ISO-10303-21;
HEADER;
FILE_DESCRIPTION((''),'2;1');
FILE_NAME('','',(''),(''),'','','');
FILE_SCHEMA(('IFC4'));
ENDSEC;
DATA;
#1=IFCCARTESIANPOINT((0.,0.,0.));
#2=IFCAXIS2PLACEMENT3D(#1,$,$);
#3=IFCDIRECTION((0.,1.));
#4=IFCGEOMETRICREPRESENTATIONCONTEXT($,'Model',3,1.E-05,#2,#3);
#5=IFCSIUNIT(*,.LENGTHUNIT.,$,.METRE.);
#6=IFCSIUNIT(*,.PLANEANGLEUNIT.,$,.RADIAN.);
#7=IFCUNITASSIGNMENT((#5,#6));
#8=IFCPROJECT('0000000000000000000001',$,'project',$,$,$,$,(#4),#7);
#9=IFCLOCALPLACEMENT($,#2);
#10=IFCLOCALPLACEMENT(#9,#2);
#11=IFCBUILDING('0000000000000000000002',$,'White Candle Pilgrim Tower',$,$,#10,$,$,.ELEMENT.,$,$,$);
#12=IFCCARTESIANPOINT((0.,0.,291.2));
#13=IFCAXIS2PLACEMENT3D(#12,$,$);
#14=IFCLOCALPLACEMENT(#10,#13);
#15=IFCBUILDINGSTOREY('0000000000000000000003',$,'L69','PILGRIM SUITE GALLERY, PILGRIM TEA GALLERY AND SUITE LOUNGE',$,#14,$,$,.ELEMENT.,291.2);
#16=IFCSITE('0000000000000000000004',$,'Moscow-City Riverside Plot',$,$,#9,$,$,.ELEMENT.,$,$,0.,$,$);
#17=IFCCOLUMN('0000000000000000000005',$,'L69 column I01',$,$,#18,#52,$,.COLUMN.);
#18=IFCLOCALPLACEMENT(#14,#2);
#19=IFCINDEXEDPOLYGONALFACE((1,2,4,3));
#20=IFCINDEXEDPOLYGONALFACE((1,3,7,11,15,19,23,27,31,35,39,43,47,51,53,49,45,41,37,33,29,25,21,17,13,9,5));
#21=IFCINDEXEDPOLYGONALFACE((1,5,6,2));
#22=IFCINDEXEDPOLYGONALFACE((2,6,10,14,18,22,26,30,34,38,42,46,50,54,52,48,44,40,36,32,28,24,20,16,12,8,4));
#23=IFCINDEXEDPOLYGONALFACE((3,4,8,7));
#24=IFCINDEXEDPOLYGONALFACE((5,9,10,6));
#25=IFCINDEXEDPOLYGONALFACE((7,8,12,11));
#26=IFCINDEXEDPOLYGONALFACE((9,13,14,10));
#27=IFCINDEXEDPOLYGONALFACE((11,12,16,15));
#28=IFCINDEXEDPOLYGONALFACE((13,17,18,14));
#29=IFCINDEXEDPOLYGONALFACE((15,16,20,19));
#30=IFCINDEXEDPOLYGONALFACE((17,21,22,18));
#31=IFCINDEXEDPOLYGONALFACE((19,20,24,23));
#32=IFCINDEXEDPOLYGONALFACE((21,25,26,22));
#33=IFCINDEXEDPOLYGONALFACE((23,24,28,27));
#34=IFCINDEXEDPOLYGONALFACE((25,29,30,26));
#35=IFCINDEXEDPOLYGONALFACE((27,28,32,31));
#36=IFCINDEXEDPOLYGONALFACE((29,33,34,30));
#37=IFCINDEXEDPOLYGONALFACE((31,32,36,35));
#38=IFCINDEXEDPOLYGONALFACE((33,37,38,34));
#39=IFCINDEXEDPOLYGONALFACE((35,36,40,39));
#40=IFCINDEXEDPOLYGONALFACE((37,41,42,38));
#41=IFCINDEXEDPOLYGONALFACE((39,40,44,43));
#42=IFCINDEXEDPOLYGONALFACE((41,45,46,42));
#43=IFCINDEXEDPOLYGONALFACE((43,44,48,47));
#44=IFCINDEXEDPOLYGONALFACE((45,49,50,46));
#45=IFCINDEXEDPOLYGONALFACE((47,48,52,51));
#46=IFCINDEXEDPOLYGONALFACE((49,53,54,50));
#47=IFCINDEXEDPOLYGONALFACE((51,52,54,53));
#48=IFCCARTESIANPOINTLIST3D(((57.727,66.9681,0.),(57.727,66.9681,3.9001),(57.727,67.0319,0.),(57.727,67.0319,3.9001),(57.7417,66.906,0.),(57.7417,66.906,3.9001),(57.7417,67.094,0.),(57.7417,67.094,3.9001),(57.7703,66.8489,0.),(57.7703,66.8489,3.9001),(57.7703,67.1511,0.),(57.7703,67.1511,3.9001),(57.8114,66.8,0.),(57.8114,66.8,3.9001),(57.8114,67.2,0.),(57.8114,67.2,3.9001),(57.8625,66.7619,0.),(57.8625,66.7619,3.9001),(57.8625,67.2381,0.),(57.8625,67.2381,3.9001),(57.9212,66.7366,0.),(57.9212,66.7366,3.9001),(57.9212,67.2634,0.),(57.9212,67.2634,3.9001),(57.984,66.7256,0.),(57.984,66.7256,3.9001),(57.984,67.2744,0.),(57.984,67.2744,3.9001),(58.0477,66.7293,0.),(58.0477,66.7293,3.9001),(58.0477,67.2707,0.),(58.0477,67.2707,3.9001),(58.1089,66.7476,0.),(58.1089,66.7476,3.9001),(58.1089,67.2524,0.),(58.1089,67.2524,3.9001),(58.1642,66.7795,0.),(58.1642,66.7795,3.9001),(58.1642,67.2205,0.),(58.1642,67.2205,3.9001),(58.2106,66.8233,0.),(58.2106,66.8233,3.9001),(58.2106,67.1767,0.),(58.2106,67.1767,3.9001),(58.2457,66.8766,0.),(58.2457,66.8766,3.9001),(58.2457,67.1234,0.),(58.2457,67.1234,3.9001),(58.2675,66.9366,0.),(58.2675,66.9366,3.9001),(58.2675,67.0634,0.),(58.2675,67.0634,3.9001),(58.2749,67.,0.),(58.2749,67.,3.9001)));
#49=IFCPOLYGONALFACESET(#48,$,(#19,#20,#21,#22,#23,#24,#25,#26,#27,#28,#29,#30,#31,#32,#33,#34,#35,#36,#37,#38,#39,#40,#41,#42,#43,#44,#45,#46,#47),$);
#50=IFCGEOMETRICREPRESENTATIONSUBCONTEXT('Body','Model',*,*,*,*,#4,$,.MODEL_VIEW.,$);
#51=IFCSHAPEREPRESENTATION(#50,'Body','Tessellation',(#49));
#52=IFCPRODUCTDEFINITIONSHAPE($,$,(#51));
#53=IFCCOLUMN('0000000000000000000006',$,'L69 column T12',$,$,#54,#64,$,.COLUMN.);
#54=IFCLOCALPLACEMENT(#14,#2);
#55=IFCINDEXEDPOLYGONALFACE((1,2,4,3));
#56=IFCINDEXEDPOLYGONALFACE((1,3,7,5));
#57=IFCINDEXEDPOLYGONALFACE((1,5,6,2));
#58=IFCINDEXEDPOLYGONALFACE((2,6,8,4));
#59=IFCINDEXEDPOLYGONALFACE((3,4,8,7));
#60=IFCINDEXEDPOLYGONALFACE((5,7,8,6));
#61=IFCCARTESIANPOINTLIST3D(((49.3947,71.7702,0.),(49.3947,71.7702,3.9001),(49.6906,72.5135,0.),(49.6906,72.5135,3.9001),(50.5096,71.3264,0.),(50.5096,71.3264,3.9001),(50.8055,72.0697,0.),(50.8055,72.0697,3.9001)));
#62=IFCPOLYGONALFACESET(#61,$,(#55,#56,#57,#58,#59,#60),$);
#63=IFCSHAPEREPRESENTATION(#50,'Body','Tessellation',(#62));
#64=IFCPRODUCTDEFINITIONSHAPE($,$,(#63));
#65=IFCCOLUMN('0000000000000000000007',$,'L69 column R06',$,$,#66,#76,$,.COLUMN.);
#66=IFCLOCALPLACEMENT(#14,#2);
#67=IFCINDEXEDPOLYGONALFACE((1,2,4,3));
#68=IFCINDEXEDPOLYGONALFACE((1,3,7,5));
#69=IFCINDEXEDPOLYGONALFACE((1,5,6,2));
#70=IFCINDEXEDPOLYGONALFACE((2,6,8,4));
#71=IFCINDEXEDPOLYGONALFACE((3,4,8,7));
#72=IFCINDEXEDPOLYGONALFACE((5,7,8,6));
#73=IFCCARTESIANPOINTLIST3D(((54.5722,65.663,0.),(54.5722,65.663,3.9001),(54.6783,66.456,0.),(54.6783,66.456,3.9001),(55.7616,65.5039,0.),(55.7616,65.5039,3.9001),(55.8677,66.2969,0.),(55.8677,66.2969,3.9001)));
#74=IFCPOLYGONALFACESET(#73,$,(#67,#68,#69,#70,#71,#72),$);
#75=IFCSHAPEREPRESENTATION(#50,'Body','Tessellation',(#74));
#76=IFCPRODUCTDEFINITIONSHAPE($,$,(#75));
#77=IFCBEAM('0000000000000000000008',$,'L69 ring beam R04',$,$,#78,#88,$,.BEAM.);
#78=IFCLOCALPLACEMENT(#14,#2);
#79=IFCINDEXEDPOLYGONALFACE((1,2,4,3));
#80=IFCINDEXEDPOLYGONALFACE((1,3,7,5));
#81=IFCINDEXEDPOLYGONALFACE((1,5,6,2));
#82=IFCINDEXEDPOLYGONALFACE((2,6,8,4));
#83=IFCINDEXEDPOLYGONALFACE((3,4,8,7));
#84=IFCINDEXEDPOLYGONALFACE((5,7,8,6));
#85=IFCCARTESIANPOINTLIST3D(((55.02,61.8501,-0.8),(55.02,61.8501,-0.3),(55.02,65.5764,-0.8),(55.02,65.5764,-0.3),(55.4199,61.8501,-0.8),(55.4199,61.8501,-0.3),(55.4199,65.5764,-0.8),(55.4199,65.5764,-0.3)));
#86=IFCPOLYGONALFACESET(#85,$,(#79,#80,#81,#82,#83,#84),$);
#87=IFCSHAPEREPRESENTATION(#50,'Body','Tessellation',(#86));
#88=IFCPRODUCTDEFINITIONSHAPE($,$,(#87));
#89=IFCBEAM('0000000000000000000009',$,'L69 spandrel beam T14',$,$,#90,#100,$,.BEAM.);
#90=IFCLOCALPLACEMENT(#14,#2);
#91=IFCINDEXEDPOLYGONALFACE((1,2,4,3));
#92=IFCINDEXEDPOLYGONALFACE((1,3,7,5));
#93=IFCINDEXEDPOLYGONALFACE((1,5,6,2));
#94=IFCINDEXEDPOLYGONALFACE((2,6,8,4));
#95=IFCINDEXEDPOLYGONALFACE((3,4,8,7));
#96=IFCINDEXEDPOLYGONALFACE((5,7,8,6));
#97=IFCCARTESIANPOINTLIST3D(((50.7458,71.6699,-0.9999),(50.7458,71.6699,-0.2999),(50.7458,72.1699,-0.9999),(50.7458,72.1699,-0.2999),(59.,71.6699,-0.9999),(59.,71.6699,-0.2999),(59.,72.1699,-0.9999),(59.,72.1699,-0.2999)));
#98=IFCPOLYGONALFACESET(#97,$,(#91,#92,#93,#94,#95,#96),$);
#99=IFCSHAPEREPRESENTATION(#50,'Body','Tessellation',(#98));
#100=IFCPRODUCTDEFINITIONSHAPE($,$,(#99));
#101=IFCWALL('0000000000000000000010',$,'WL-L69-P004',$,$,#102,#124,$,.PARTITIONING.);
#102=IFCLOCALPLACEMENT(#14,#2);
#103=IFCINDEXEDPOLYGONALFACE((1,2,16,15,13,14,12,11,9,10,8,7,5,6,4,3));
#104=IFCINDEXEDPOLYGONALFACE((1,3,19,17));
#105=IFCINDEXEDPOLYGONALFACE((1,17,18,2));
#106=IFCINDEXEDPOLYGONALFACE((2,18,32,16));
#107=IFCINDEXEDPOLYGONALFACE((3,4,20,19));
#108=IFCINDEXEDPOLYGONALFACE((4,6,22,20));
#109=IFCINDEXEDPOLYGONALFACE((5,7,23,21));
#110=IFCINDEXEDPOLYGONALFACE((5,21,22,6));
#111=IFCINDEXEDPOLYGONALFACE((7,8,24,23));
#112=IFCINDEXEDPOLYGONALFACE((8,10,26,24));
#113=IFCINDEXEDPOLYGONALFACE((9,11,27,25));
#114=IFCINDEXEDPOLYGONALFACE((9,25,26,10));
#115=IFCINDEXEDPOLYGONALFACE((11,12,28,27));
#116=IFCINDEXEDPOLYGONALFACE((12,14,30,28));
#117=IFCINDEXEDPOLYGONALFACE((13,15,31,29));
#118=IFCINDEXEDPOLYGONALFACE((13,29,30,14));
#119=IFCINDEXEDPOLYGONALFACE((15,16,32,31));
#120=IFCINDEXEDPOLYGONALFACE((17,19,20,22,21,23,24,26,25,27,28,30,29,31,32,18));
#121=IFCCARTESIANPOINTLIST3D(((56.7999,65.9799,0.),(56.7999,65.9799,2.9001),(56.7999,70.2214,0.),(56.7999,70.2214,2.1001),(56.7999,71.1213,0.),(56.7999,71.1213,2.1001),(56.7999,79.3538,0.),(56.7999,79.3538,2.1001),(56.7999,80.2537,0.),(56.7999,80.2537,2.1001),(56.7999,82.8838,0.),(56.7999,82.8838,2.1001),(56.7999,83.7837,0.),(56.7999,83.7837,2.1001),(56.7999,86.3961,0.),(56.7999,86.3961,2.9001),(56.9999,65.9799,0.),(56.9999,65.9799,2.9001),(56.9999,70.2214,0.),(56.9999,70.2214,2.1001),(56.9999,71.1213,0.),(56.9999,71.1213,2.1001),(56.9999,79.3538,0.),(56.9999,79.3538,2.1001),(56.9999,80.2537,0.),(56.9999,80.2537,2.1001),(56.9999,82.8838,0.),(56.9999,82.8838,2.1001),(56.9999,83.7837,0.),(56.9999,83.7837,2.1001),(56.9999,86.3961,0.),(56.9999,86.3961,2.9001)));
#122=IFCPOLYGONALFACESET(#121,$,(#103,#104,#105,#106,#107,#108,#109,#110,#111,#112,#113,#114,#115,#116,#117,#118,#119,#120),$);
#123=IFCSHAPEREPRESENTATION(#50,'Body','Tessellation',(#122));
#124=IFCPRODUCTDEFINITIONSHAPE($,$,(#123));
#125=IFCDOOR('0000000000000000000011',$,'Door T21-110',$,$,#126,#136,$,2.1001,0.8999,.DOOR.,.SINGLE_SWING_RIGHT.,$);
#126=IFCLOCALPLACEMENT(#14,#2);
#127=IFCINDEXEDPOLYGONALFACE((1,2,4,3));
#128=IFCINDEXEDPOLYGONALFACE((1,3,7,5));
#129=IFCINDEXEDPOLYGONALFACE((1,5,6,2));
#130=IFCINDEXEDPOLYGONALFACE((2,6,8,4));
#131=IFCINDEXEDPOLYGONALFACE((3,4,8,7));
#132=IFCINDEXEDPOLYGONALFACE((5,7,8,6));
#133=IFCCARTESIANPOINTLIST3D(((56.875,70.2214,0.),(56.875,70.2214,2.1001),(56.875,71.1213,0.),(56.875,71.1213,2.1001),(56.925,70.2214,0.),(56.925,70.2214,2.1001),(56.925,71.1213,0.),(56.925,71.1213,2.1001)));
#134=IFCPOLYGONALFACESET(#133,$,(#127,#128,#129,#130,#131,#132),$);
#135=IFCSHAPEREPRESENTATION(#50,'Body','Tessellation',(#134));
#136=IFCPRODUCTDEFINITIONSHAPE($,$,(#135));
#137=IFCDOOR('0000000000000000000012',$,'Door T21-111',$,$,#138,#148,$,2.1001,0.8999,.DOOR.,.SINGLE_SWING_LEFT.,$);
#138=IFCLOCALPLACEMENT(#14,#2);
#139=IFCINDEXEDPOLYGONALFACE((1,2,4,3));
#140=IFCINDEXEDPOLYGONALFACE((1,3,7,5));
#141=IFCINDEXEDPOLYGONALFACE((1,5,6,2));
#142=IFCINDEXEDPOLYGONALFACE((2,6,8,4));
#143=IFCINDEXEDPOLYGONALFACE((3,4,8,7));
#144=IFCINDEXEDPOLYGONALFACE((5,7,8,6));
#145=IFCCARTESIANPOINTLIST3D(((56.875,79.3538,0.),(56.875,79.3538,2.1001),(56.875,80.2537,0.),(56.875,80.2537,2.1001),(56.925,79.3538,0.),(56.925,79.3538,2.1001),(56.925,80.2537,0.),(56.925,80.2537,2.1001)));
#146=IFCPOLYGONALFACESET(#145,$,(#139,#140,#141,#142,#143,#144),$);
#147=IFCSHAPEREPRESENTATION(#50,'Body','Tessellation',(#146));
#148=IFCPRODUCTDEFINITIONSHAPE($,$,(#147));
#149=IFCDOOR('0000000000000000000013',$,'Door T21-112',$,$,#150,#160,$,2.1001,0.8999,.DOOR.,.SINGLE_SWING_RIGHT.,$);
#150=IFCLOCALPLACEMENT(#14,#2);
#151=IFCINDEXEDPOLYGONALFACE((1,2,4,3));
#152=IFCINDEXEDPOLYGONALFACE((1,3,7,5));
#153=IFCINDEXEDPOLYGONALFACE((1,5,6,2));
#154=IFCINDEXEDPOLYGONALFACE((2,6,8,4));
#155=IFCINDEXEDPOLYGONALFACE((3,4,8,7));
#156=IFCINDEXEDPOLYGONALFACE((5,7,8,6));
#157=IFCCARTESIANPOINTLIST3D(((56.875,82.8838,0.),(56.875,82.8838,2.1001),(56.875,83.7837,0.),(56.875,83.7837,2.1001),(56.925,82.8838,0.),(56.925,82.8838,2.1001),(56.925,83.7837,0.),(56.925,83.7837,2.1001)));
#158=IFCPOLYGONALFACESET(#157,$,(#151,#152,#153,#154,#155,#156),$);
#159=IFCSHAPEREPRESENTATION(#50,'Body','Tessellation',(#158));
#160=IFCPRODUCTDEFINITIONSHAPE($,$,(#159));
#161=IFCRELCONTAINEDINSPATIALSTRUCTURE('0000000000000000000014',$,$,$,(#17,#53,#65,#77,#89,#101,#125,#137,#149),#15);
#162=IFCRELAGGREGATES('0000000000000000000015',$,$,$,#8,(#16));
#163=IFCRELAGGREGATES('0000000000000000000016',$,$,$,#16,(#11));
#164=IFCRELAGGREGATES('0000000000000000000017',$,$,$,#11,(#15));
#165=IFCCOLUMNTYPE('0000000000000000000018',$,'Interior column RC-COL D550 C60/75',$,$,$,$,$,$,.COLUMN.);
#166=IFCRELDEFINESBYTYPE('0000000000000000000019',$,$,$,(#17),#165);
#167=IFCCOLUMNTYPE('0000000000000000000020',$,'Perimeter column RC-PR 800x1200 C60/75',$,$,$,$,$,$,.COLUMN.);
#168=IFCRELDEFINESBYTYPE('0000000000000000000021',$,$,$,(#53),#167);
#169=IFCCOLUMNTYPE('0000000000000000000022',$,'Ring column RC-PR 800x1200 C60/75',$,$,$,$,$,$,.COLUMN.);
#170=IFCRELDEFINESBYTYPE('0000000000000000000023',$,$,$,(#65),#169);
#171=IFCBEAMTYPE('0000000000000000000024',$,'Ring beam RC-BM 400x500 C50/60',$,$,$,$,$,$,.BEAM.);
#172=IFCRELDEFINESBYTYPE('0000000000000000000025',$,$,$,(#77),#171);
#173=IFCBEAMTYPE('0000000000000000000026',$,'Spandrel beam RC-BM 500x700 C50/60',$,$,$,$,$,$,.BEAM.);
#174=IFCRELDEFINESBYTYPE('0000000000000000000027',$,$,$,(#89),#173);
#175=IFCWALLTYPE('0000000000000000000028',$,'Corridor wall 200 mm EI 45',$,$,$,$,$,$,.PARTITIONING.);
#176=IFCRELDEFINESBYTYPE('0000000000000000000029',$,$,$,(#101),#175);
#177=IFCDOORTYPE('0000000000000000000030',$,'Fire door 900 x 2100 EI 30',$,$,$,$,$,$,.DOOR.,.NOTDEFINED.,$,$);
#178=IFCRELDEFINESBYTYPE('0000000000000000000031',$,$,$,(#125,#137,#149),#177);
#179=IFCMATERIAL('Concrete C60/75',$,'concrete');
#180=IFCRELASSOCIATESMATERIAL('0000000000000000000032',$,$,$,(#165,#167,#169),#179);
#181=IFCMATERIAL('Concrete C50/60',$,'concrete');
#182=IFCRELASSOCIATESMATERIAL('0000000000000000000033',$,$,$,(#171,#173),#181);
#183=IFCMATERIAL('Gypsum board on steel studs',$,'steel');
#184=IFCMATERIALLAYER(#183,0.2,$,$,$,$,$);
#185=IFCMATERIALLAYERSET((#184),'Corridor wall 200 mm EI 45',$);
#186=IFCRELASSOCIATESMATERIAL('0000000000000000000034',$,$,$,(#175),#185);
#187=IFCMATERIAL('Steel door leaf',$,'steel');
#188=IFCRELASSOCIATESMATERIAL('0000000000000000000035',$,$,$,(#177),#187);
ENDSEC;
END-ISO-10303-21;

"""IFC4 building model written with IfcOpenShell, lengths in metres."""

from ifc_helpers import new_model, si_unit, direction, frame, frame_2d, origin, origin_2d, place, context, subcontext, project, spatial, rectangle, circle, extrude, material, layer, layer_set, material_profile, profile_set, type_object, element, fill, save


model = new_model("IFC4")

# Units and contexts
model_context = context("Model", 3, precision=1e-05, world=origin(), true_north=direction((0.0, 1.0)))
body_context = subcontext(model_context, "Body", "Model", "MODEL_VIEW")
ifc_project = project(units=[si_unit("LENGTHUNIT", "METRE"), si_unit("PLANEANGLEUNIT", "RADIAN")], contexts=[model_context])

# Site, building, storey
site_placement = place(None, origin())
site = spatial("IfcSite", under=ifc_project, at=site_placement, Name="Moscow-City Riverside Plot", CompositionType="ELEMENT", RefElevation=0.0)
building_placement = place(site_placement, origin())
building = spatial("IfcBuilding", under=site, at=building_placement, Name="White Candle Pilgrim Tower", CompositionType="ELEMENT")
storey_placement = place(building_placement, frame((0.0, 0.0, 291.2)))
storey = spatial("IfcBuildingStorey", under=building, at=storey_placement, Name="L69", Description="PILGRIM SUITE GALLERY, PILGRIM TEA GALLERY AND SUITE LOUNGE", CompositionType="ELEMENT", Elevation=291.2)

# Columns
ifc_material_1 = material(Name="Concrete C60/75", Category="concrete")
ifc_material_profile_1 = material_profile(ifc_material_1, circle(Radius=0.2749, at=origin_2d()), Name="RC-COL D550")
ifc_profile_set_1 = profile_set([ifc_material_profile_1], Name="Concrete C60/75")
column_type_1 = type_object("IfcColumnType", Name="Interior column RC-COL D550 C60/75", PredefinedType="COLUMN", material=ifc_profile_set_1)
column_1_placement = place(storey_placement, frame((58.0, 67.0, 0.0), z_axis=(0.0, 0.0, 1.0), x_axis=(1.0, 0.0, 0.0)))
element("IfcColumn", 1, at=column_1_placement, inside=storey, type_object=column_type_1, Name="L69 column I01", PredefinedType="COLUMN", context=body_context, shape_type="SweptSolid", body=[
    extrude(circle(Radius=0.2749, at=origin_2d()), origin(), (0.0, 0.0, 1.0), 3.9001),
])
ifc_material_profile_2 = material_profile(ifc_material_1, rectangle(XDim=0.8, YDim=1.2, at=origin_2d()), Name="RC-PR 800x1200")
ifc_profile_set_2 = profile_set([ifc_material_profile_2], Name="Concrete C60/75")
column_type_2 = type_object("IfcColumnType", Name="Perimeter column RC-PR 800x1200 C60/75", PredefinedType="COLUMN", material=ifc_profile_set_2)
column_2_placement = place(storey_placement, frame((50.1001, 71.9199, 0.0), z_axis=(0.0, 0.0, 1.0), x_axis=(0.36986, 0.929087, 0.0)))
element("IfcColumn", 2, at=column_2_placement, inside=storey, type_object=column_type_2, Name="L69 column T12", PredefinedType="COLUMN", context=body_context, shape_type="SweptSolid", body=[
    extrude(rectangle(XDim=0.8, YDim=1.2, at=origin_2d()), origin(), (0.0, 0.0, 1.0), 3.9001),
])
ifc_material_profile_3 = material_profile(ifc_material_1, rectangle(XDim=0.8, YDim=1.2, at=origin_2d()), Name="RC-PR 800x1200")
ifc_profile_set_3 = profile_set([ifc_material_profile_3], Name="Concrete C60/75")
column_type_3 = type_object("IfcColumnType", Name="Ring column RC-PR 800x1200 C60/75", PredefinedType="COLUMN", material=ifc_profile_set_3)
column_3_placement = place(storey_placement, frame((55.22, 65.98, 0.0), z_axis=(0.0, 0.0, 1.0), x_axis=(0.132602, 0.991169, 0.0)))
element("IfcColumn", 3, at=column_3_placement, inside=storey, type_object=column_type_3, Name="L69 column R06", PredefinedType="COLUMN", context=body_context, shape_type="SweptSolid", body=[
    extrude(rectangle(XDim=0.8, YDim=1.2, at=origin_2d()), origin(), (0.0, 0.0, 1.0), 3.9001),
])

# Beams
ifc_material_2 = material(Name="Concrete C50/60", Category="concrete")
ifc_material_profile_4 = material_profile(ifc_material_2, rectangle(XDim=0.3999, YDim=0.5, at=origin_2d()), Name="RC-BM 400x500")
ifc_profile_set_4 = profile_set([ifc_material_profile_4], Name="Concrete C50/60")
beam_type_1 = type_object("IfcBeamType", Name="Ring beam RC-BM 400x500 C50/60", PredefinedType="BEAM", material=ifc_profile_set_4)
beam_1_placement = place(storey_placement, frame((55.22, 65.5764, -0.55), z_axis=(0.0, -1.0, 0.0), x_axis=(1.0, 0.0, 0.0)))
element("IfcBeam", 4, at=beam_1_placement, inside=storey, type_object=beam_type_1, Name="L69 ring beam R04", PredefinedType="BEAM", context=body_context, shape_type="SweptSolid", body=[
    extrude(rectangle(XDim=0.3999, YDim=0.5, at=origin_2d()), origin(), (0.0, 0.0, 1.0), 3.7263),
])
ifc_material_profile_5 = material_profile(ifc_material_2, rectangle(XDim=0.5, YDim=0.7, at=origin_2d()), Name="RC-BM 500x700")
ifc_profile_set_5 = profile_set([ifc_material_profile_5], Name="Concrete C50/60")
beam_type_2 = type_object("IfcBeamType", Name="Spandrel beam RC-BM 500x700 C50/60", PredefinedType="BEAM", material=ifc_profile_set_5)
beam_2_placement = place(storey_placement, frame((50.7458, 71.9199, -0.6499), z_axis=(1.0, 0.0, 0.0), x_axis=(0.0, 1.0, 0.0)))
element("IfcBeam", 5, at=beam_2_placement, inside=storey, type_object=beam_type_2, Name="L69 spandrel beam T14", PredefinedType="BEAM", context=body_context, shape_type="SweptSolid", body=[
    extrude(rectangle(XDim=0.5, YDim=0.7, at=origin_2d()), origin(), (0.0, 0.0, 1.0), 8.2542),
])

# Wall, openings, doors
ifc_material_3 = material(Name="Gypsum board on steel studs", Category="steel")
ifc_layer_1 = layer(ifc_material_3, 0.2)
ifc_layer_set_1 = layer_set([ifc_layer_1], Name="Corridor wall 200 mm EI 45")
wall_type_1 = type_object("IfcWallType", Name="Corridor wall 200 mm EI 45", PredefinedType="PARTITIONING", material=ifc_layer_set_1)
wall_1_placement = place(storey_placement, frame((56.8999, 65.98, 0.0), z_axis=(0.0, 0.0, 1.0), x_axis=(0.0, 1.0, 0.0)))
wall_1 = element("IfcWall", 6, at=wall_1_placement, inside=storey, type_object=wall_type_1, Name="WL-L69-P004", PredefinedType="PARTITIONING", context=body_context, shape_type="SweptSolid", body=[
    extrude(rectangle(XDim=20.4163, YDim=0.2, at=frame_2d((10.208, 0.0))), origin(), (0.0, 0.0, 1.0), 2.9001),
])
opening_1_placement = place(wall_1_placement, frame((4.2415, 0.0, 0.0)))
opening_1 = element("IfcOpeningElement", 7, at=opening_1_placement, cuts=wall_1, PredefinedType="OPENING", context=body_context, shape_type="SweptSolid", body=[
    extrude(rectangle(XDim=0.8999, YDim=2.1001, at=frame_2d((0.45, 1.05))), frame((0.0, 0.1099, 0.0), z_axis=(0.0, -1.0, 0.0), x_axis=(1.0, 0.0, 0.0)), (0.0, 0.0, 1.0), 0.22),
])
opening_2_placement = place(wall_1_placement, frame((13.3738, 0.0, 0.0)))
opening_2 = element("IfcOpeningElement", 8, at=opening_2_placement, cuts=wall_1, PredefinedType="OPENING", context=body_context, shape_type="SweptSolid", body=[
    extrude(rectangle(XDim=0.8999, YDim=2.1001, at=frame_2d((0.45, 1.05))), frame((0.0, 0.1099, 0.0), z_axis=(0.0, -1.0, 0.0), x_axis=(1.0, 0.0, 0.0)), (0.0, 0.0, 1.0), 0.22),
])
opening_3_placement = place(wall_1_placement, frame((16.9038, 0.0, 0.0)))
opening_3 = element("IfcOpeningElement", 9, at=opening_3_placement, cuts=wall_1, PredefinedType="OPENING", context=body_context, shape_type="SweptSolid", body=[
    extrude(rectangle(XDim=0.8999, YDim=2.1001, at=frame_2d((0.45, 1.05))), frame((0.0, 0.1099, 0.0), z_axis=(0.0, -1.0, 0.0), x_axis=(1.0, 0.0, 0.0)), (0.0, 0.0, 1.0), 0.22),
])
ifc_material_4 = material(Name="Steel door leaf", Category="steel")
door_type_1 = type_object("IfcDoorType", Name="Fire door 900 x 2100 EI 30", OperationType="NOTDEFINED", PredefinedType="DOOR", material=ifc_material_4)
door_1_placement = place(opening_1_placement, origin())
door_1 = element("IfcDoor", 10, at=door_1_placement, inside=storey, type_object=door_type_1, Name="Door T21-110", OperationType="SINGLE_SWING_RIGHT", OverallHeight=2.1001, OverallWidth=0.8999, PredefinedType="DOOR", context=body_context, shape_type="SweptSolid", body=[
    extrude(rectangle(XDim=0.8999, YDim=2.1001, at=frame_2d((0.45, 1.05))), frame((0.0, 0.0249, 0.0), z_axis=(0.0, -1.0, 0.0), x_axis=(1.0, 0.0, 0.0)), (0.0, 0.0, 1.0), 0.05),
])
fill(opening_1, door_1)
door_2_placement = place(opening_2_placement, origin())
door_2 = element("IfcDoor", 11, at=door_2_placement, inside=storey, type_object=door_type_1, Name="Door T21-111", OperationType="SINGLE_SWING_LEFT", OverallHeight=2.1001, OverallWidth=0.8999, PredefinedType="DOOR", context=body_context, shape_type="SweptSolid", body=[
    extrude(rectangle(XDim=0.8999, YDim=2.1001, at=frame_2d((0.45, 1.05))), frame((0.0, 0.0249, 0.0), z_axis=(0.0, -1.0, 0.0), x_axis=(1.0, 0.0, 0.0)), (0.0, 0.0, 1.0), 0.05),
])
fill(opening_2, door_2)
door_3_placement = place(opening_3_placement, origin())
door_3 = element("IfcDoor", 12, at=door_3_placement, inside=storey, type_object=door_type_1, Name="Door T21-112", OperationType="SINGLE_SWING_RIGHT", OverallHeight=2.1001, OverallWidth=0.8999, PredefinedType="DOOR", context=body_context, shape_type="SweptSolid", body=[
    extrude(rectangle(XDim=0.8999, YDim=2.1001, at=frame_2d((0.45, 1.05))), frame((0.0, 0.0249, 0.0), z_axis=(0.0, -1.0, 0.0), x_axis=(1.0, 0.0, 0.0)), (0.0, 0.0, 1.0), 0.05),
])
fill(opening_3, door_3)

save(model, "model.ifc")
